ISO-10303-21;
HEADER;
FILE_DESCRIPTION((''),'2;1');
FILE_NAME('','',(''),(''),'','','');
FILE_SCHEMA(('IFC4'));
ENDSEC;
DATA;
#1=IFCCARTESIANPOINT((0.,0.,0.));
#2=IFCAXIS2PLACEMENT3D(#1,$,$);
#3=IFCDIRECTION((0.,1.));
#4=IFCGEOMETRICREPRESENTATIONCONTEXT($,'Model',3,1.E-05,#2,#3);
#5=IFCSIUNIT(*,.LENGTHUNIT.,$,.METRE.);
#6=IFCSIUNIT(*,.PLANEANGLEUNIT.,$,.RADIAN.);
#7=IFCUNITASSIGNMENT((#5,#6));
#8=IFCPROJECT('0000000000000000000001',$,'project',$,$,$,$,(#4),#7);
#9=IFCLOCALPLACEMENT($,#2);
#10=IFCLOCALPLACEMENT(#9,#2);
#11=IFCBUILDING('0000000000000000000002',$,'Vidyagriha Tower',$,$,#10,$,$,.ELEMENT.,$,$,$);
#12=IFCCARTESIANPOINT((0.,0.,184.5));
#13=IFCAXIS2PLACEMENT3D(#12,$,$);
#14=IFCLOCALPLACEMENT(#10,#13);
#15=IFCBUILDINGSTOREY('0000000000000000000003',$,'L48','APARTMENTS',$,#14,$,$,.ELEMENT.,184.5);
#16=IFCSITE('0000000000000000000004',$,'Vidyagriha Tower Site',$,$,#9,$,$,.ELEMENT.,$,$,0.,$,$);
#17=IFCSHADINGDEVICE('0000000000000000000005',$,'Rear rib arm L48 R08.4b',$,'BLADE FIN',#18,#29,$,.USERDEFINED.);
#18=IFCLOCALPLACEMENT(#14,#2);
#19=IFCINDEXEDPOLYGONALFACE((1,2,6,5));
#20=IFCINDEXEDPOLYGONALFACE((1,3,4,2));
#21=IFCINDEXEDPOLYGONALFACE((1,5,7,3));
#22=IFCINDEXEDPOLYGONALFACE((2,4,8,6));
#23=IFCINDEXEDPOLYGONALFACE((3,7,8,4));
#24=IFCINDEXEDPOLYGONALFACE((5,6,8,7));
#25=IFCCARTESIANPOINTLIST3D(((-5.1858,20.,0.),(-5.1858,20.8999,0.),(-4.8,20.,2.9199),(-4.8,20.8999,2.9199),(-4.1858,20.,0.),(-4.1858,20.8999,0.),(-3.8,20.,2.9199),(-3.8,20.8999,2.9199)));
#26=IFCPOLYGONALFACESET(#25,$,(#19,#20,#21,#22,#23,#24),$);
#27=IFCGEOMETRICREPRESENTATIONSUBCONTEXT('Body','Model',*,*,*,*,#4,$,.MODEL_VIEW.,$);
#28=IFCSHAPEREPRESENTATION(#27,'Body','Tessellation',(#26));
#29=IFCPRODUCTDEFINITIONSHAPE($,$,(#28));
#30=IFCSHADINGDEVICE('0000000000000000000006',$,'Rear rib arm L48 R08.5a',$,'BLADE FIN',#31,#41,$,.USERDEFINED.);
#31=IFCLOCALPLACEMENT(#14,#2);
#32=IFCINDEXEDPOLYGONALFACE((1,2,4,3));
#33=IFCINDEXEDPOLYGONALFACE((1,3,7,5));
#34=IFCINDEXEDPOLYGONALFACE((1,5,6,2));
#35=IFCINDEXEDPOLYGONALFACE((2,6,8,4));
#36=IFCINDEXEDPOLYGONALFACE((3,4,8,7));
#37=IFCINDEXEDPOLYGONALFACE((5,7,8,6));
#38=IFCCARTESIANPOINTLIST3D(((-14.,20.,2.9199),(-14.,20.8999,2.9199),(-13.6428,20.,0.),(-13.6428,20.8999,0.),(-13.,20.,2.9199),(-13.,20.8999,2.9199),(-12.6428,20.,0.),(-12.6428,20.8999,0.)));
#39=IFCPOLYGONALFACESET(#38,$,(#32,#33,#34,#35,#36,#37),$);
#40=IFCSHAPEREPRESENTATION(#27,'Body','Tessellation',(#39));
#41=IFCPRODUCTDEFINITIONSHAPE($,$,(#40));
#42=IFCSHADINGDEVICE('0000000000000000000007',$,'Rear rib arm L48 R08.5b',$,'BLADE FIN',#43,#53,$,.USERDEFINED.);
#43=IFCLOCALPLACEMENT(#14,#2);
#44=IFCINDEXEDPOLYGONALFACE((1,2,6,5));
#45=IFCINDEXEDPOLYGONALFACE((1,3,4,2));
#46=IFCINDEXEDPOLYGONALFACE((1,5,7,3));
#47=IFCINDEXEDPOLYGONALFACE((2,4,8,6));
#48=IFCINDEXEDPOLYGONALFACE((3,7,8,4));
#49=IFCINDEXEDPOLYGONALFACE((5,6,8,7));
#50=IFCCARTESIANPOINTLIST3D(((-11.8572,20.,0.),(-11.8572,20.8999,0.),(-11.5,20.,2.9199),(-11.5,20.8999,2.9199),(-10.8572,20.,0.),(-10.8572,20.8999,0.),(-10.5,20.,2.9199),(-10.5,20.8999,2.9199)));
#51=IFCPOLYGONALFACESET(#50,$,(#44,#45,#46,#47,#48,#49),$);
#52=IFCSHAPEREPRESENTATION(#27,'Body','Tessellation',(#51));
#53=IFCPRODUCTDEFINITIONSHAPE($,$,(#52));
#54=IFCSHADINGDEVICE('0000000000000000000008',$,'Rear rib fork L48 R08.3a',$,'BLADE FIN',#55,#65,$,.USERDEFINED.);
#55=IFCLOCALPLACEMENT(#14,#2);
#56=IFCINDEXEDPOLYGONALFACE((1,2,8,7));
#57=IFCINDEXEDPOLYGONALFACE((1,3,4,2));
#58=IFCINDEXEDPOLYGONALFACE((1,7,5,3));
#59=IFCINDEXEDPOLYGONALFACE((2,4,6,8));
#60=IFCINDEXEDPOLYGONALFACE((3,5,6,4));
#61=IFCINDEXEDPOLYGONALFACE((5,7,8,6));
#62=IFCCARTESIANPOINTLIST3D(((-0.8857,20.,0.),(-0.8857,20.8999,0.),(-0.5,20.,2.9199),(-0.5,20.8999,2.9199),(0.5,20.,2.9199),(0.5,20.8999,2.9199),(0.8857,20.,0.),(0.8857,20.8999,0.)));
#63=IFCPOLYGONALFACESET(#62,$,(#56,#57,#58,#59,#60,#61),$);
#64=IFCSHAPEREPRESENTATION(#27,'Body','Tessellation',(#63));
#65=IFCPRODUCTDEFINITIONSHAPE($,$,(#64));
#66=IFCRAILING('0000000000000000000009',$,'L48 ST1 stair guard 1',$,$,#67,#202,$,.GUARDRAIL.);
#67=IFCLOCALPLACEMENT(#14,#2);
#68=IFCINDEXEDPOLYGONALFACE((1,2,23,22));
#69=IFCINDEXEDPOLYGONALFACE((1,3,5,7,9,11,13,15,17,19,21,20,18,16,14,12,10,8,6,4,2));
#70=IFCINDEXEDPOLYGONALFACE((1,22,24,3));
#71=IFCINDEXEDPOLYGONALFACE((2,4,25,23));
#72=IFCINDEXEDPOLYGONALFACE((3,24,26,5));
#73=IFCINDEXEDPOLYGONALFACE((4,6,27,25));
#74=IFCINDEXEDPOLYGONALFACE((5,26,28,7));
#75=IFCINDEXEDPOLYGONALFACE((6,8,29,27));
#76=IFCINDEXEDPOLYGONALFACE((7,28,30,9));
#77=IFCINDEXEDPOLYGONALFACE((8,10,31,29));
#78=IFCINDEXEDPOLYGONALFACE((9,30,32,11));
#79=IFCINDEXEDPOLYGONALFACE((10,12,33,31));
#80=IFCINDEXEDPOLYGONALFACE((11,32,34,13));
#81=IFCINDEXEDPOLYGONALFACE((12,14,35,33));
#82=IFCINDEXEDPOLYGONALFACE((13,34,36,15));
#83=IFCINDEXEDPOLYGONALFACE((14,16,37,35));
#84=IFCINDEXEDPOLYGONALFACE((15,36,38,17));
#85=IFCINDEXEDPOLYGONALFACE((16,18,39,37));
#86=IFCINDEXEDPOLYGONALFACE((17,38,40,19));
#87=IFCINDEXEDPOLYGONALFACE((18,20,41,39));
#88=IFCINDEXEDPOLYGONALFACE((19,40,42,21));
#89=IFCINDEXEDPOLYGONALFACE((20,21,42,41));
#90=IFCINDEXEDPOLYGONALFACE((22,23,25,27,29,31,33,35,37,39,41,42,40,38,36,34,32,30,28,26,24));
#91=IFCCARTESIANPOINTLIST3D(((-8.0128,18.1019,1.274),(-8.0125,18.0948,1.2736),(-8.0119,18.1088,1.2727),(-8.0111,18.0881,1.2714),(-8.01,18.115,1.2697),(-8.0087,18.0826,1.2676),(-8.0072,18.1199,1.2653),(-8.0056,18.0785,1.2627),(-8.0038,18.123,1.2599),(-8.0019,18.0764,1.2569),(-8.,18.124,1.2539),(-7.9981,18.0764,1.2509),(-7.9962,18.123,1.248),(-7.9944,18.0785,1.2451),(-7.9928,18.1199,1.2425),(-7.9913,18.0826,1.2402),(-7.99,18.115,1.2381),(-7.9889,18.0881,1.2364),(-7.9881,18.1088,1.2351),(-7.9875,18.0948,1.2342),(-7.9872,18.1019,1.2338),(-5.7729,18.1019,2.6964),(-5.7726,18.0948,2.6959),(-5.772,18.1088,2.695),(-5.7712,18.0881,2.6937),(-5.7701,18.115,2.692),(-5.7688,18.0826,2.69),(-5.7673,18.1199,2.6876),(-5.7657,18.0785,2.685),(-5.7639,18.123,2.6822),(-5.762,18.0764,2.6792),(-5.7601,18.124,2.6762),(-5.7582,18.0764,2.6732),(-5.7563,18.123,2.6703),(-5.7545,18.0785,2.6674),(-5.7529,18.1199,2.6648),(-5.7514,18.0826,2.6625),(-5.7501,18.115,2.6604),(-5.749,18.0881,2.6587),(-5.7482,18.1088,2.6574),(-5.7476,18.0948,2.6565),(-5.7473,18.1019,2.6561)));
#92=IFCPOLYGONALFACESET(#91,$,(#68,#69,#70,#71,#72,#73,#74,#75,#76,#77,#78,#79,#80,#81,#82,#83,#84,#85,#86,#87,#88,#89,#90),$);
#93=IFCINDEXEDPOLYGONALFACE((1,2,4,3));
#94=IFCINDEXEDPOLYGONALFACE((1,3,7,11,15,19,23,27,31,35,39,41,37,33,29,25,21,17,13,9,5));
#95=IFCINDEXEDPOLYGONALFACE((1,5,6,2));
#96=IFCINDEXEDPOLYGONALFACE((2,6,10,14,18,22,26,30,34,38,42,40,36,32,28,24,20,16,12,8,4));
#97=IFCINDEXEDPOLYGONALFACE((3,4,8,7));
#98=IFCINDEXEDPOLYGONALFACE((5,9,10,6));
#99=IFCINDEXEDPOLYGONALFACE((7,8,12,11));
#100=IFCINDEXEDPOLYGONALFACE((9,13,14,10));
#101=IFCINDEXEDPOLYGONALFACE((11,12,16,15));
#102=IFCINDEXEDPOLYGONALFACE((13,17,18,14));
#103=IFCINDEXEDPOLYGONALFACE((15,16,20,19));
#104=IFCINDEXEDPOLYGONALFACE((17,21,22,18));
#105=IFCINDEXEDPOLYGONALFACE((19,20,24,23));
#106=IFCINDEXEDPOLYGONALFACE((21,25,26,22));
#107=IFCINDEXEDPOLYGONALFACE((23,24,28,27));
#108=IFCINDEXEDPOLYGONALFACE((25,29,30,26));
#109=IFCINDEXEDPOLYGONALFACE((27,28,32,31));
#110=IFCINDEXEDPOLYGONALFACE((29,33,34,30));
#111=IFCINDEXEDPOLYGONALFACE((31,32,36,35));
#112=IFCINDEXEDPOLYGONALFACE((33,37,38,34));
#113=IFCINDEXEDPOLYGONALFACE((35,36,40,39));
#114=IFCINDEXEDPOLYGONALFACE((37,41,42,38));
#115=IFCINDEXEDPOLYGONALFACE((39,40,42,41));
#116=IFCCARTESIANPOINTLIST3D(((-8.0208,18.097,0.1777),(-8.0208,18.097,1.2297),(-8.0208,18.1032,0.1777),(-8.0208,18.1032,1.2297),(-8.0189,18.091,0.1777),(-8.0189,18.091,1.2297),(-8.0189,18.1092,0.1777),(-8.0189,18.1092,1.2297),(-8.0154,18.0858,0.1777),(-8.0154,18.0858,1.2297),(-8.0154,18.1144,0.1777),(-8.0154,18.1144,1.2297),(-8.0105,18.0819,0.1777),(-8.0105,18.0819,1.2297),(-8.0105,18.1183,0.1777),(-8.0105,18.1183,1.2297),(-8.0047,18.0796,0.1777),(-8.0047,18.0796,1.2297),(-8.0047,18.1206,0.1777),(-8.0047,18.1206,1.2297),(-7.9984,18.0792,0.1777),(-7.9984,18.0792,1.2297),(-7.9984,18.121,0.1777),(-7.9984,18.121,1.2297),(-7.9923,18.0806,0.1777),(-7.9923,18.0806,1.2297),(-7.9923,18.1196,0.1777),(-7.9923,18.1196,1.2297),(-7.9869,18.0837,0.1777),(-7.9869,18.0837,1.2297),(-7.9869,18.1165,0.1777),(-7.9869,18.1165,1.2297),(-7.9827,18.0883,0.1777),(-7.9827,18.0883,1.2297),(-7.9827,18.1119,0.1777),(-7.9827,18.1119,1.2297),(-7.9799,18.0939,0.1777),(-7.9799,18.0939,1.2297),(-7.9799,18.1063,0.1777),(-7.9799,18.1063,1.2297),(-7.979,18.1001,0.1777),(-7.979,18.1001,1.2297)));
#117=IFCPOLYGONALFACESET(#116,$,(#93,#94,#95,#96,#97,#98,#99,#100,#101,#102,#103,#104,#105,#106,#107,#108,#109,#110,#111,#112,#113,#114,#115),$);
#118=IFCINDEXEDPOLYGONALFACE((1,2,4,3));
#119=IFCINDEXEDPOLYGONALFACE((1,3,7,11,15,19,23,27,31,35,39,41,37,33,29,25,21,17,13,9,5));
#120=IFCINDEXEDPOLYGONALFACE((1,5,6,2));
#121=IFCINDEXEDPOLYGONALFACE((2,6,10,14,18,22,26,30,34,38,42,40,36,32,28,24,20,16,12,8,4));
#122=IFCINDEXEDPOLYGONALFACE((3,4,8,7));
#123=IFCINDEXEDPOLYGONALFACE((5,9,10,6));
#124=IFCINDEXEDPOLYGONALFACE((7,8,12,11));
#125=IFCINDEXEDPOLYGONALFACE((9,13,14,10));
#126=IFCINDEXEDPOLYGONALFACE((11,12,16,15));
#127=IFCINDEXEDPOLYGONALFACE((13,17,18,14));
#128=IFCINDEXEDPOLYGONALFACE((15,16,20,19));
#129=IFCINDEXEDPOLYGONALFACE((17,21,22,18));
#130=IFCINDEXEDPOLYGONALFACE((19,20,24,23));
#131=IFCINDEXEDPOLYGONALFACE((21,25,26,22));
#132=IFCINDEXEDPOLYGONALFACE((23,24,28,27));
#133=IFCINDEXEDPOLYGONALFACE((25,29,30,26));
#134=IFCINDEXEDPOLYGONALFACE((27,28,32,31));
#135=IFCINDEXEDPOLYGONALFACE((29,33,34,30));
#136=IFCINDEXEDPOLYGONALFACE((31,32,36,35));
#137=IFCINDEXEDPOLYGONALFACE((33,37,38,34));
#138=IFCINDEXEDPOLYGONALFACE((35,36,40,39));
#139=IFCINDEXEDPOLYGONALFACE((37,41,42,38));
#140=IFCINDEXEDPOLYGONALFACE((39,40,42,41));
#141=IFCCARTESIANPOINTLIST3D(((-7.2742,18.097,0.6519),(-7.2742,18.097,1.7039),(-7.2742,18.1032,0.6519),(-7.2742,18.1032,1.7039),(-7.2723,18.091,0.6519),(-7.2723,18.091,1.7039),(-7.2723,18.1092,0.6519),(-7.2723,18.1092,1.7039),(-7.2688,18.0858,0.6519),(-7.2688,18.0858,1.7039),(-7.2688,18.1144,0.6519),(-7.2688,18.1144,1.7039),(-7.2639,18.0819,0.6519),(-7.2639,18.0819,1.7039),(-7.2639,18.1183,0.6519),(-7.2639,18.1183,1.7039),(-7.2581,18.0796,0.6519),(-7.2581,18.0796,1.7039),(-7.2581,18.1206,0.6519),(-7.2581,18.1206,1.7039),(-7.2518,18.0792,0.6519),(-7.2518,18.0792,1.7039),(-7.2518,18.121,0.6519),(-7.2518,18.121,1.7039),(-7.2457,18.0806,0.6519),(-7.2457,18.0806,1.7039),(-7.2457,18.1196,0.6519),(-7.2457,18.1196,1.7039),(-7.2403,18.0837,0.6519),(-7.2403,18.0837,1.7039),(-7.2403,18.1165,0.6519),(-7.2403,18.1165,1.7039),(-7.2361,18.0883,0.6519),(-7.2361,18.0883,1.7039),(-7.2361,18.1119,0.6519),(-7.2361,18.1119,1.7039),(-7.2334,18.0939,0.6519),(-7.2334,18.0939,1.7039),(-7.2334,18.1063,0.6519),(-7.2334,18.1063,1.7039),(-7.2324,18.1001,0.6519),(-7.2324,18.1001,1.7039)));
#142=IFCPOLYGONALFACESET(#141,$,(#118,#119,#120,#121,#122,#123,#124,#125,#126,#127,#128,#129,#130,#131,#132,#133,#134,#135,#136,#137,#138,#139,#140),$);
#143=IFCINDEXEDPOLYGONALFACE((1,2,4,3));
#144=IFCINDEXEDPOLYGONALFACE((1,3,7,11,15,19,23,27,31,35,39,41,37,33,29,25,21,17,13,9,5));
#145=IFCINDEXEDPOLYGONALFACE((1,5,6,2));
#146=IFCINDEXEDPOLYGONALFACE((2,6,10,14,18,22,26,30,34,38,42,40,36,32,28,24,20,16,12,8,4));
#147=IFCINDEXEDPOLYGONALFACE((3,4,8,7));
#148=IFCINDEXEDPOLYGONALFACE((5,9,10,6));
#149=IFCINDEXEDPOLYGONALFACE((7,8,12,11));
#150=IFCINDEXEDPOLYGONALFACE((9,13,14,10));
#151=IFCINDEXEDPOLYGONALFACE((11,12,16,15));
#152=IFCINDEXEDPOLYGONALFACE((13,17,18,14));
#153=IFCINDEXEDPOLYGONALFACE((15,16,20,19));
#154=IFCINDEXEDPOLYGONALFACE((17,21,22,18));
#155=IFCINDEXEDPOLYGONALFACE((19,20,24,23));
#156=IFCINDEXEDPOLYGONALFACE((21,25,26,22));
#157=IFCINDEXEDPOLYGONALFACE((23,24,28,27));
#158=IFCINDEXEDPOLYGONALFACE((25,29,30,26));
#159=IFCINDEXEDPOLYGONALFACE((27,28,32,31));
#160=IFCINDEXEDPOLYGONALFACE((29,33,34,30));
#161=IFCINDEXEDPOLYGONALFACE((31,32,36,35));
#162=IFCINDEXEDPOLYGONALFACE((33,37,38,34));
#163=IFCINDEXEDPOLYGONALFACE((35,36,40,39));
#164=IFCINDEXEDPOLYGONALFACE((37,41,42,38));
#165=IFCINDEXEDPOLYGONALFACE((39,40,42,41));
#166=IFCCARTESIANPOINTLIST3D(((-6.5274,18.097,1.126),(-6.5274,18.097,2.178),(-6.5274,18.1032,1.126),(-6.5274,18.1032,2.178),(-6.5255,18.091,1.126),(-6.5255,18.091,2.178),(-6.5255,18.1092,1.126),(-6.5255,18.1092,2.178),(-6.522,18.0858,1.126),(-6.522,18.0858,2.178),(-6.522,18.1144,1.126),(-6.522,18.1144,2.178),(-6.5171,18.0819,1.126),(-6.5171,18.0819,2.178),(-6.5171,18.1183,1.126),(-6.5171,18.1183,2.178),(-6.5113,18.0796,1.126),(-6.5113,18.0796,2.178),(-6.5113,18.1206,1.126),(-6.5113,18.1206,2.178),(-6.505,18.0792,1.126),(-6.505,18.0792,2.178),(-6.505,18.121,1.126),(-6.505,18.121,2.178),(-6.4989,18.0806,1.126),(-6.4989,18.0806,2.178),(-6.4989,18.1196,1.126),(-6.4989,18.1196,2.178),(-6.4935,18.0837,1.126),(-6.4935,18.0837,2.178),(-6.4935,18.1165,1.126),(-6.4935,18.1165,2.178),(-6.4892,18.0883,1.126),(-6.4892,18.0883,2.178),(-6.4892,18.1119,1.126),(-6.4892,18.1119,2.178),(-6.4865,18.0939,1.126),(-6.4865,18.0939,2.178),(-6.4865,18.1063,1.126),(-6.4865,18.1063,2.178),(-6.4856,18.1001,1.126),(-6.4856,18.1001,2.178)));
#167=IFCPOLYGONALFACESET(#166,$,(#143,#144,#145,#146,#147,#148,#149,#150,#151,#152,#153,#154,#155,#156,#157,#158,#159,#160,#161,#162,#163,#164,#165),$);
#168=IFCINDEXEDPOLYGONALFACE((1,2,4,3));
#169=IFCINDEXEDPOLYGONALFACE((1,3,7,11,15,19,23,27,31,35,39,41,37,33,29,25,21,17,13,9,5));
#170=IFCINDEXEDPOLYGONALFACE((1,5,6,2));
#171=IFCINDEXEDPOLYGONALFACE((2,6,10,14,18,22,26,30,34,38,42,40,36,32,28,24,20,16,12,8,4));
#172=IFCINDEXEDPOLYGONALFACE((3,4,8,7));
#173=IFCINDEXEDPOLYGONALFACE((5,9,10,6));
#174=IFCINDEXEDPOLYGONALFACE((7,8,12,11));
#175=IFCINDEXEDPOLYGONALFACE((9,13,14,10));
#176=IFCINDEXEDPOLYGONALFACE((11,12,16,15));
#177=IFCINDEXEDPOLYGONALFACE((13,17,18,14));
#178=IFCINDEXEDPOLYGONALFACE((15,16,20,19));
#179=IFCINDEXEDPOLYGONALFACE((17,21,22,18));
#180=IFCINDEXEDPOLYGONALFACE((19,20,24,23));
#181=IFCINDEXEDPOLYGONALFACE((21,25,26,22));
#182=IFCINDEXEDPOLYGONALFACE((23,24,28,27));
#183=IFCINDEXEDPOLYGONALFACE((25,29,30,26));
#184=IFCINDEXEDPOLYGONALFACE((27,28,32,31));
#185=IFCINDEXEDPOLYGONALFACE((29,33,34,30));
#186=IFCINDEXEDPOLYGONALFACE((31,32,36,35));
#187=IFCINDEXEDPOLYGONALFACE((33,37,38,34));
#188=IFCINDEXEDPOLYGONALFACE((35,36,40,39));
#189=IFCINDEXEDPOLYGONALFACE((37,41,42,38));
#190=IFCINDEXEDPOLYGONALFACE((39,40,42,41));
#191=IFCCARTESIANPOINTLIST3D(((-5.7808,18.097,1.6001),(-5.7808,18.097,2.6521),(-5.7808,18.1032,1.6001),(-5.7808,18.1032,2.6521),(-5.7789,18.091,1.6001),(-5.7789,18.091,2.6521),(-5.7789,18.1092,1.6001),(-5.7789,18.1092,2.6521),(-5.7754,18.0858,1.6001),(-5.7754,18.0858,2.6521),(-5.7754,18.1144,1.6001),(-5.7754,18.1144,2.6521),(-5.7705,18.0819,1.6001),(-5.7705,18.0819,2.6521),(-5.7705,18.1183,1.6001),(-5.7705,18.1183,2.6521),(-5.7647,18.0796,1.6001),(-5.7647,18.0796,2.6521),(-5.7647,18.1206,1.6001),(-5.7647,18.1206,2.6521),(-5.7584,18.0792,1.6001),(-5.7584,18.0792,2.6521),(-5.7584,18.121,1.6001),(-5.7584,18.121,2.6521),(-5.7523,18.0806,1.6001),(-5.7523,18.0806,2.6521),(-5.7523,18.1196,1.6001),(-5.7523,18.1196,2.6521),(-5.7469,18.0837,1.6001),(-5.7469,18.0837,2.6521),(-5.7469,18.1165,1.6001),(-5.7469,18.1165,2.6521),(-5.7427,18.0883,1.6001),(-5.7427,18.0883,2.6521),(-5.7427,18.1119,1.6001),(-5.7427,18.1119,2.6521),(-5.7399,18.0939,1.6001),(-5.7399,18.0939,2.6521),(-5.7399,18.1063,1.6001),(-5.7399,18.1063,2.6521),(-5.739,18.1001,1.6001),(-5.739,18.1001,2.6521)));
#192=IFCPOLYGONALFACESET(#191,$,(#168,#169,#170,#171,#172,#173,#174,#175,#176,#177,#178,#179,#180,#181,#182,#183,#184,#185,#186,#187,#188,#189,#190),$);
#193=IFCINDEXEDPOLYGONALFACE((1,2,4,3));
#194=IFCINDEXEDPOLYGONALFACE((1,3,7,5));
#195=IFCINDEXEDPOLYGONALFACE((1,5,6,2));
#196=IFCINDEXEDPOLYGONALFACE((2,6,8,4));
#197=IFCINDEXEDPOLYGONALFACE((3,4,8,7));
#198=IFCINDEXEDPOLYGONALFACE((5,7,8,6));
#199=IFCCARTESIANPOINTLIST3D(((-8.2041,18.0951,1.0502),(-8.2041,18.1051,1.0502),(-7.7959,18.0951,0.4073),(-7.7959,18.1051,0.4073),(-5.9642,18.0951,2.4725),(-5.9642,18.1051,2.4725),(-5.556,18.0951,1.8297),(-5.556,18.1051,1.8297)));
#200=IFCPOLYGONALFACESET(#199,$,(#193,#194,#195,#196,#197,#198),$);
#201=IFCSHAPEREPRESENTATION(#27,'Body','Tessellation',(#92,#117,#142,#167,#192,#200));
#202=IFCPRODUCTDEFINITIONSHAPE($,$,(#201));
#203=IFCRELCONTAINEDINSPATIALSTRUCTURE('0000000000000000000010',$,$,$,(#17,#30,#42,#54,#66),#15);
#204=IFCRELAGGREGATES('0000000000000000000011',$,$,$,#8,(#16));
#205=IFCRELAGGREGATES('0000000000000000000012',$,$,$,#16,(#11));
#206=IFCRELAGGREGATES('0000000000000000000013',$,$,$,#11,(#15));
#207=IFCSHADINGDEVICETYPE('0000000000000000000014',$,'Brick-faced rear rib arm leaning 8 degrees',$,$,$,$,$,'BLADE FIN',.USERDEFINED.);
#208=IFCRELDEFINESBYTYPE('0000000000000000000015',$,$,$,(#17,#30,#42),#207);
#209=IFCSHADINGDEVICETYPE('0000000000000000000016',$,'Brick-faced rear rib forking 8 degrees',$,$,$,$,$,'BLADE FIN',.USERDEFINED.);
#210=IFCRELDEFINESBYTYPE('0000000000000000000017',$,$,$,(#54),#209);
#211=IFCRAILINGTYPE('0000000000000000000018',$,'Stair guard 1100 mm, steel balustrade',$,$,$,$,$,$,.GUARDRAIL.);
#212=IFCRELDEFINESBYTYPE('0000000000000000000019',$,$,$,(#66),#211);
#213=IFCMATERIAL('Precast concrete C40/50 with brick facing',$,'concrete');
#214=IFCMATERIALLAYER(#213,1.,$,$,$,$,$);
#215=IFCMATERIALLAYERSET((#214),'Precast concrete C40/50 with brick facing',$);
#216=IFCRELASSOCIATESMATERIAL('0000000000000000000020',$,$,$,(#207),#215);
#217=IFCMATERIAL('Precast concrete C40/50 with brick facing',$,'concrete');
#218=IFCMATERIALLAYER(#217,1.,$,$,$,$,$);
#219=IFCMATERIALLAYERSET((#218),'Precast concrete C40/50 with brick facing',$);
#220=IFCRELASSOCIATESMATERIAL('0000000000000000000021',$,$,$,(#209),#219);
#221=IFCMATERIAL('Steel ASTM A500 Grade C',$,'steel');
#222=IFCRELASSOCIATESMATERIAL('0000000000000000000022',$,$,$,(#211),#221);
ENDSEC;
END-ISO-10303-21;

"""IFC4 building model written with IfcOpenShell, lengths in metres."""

from ifc_helpers import new_model, si_unit, direction, frame, origin, origin_2d, place, context, subcontext, project, spatial, polyline, rectangle, circle, outline, extrude, material, layer, layer_set, type_object, element, save


model = new_model("IFC4")

# Units and contexts
model_context = context("Model", 3, precision=1e-05, world=origin(), true_north=direction((0.0, 1.0)))
body_context = subcontext(model_context, "Body", "Model", "MODEL_VIEW")
ifc_project = project(units=[si_unit("LENGTHUNIT", "METRE"), si_unit("PLANEANGLEUNIT", "RADIAN")], contexts=[model_context])

# Site, building, storey
site_placement = place(None, origin())
site = spatial("IfcSite", under=ifc_project, at=site_placement, Name="Vidyagriha Tower Site", CompositionType="ELEMENT", RefElevation=0.0)
building_placement = place(site_placement, origin())
building = spatial("IfcBuilding", under=site, at=building_placement, Name="Vidyagriha Tower", CompositionType="ELEMENT")
storey_placement = place(building_placement, frame((0.0, 0.0, 184.5)))
storey = spatial("IfcBuildingStorey", under=building, at=storey_placement, Name="L48", Description="APARTMENTS", CompositionType="ELEMENT", Elevation=184.5)

# Shading devices
ifc_material_1 = material(Name="Precast concrete C40/50 with brick facing", Category="concrete")
ifc_layer_1 = layer(ifc_material_1, 1.0)
ifc_layer_set_1 = layer_set([ifc_layer_1], Name="Precast concrete C40/50 with brick facing")
shading_device_type_1 = type_object("IfcShadingDeviceType", Name="Brick-faced rear rib arm leaning 8 degrees", ElementType="BLADE FIN", PredefinedType="USERDEFINED", material=ifc_layer_set_1)
shading_device_1_placement = place(storey_placement, frame((-3.8, 20.45, 0.0), z_axis=(0.0, 0.0, 1.0), x_axis=(-1.0, 0.0, 0.0)))
element("IfcShadingDevice", 1, at=shading_device_1_placement, inside=storey, type_object=shading_device_type_1, Name="Rear rib arm L48 R08.4b", ObjectType="BLADE FIN", PredefinedType="USERDEFINED", context=body_context, shape_type="SweptSolid", body=[
    extrude(outline(polyline([(0.3857, 0.0), (1.3857, 0.0), (1.0, 2.9199), (0.0, 2.9199), (0.3857, 0.0)])), frame((0.0, 0.45, 0.0), z_axis=(0.0, -1.0, 0.0), x_axis=(1.0, 0.0, 0.0)), (0.0, 0.0, 1.0), 0.8999),
])
shading_device_2_placement = place(storey_placement, frame((-12.6428, 20.45, 0.0), z_axis=(0.0, 0.0, 1.0), x_axis=(-1.0, 0.0, 0.0)))
element("IfcShadingDevice", 2, at=shading_device_2_placement, inside=storey, type_object=shading_device_type_1, Name="Rear rib arm L48 R08.5a", ObjectType="BLADE FIN", PredefinedType="USERDEFINED", context=body_context, shape_type="SweptSolid", body=[
    extrude(outline(polyline([(0.0, 0.0), (1.0, 0.0), (1.3572, 2.9199), (0.3572, 2.9199), (0.0, 0.0)])), frame((0.0, 0.45, 0.0), z_axis=(0.0, -1.0, 0.0), x_axis=(1.0, 0.0, 0.0)), (0.0, 0.0, 1.0), 0.8999),
])
shading_device_3_placement = place(storey_placement, frame((-10.5, 20.45, 0.0), z_axis=(0.0, 0.0, 1.0), x_axis=(-1.0, 0.0, 0.0)))
element("IfcShadingDevice", 3, at=shading_device_3_placement, inside=storey, type_object=shading_device_type_1, Name="Rear rib arm L48 R08.5b", ObjectType="BLADE FIN", PredefinedType="USERDEFINED", context=body_context, shape_type="SweptSolid", body=[
    extrude(outline(polyline([(0.3572, 0.0), (1.3572, 0.0), (1.0, 2.9199), (0.0, 2.9199), (0.3572, 0.0)])), frame((0.0, 0.45, 0.0), z_axis=(0.0, -1.0, 0.0), x_axis=(1.0, 0.0, 0.0)), (0.0, 0.0, 1.0), 0.8999),
])
ifc_material_2 = material(Name="Precast concrete C40/50 with brick facing", Category="concrete")
ifc_layer_2 = layer(ifc_material_2, 1.0)
ifc_layer_set_2 = layer_set([ifc_layer_2], Name="Precast concrete C40/50 with brick facing")
shading_device_type_2 = type_object("IfcShadingDeviceType", Name="Brick-faced rear rib forking 8 degrees", ElementType="BLADE FIN", PredefinedType="USERDEFINED", material=ifc_layer_set_2)
shading_device_4_placement = place(storey_placement, frame((0.8857, 20.45, 0.0), z_axis=(0.0, 0.0, 1.0), x_axis=(-1.0, 0.0, 0.0)))
element("IfcShadingDevice", 4, at=shading_device_4_placement, inside=storey, type_object=shading_device_type_2, Name="Rear rib fork L48 R08.3a", ObjectType="BLADE FIN", PredefinedType="USERDEFINED", context=body_context, shape_type="SweptSolid", body=[
    extrude(outline(polyline([(0.0, 0.0), (1.7715, 0.0), (1.3857, 2.9199), (0.3857, 2.9199), (0.0, 0.0)])), frame((0.0, 0.45, 0.0), z_axis=(0.0, -1.0, 0.0), x_axis=(1.0, 0.0, 0.0)), (0.0, 0.0, 1.0), 0.8999),
])

# Railing
ifc_material_3 = material(Name="Steel ASTM A500 Grade C", Category="steel")
railing_type_1 = type_object("IfcRailingType", Name="Stair guard 1100 mm, steel balustrade", PredefinedType="GUARDRAIL", material=ifc_material_3)
railing_1_placement = place(storey_placement, frame((-8.0, 18.1001, 0.1777)))
element("IfcRailing", 5, at=railing_1_placement, inside=storey, type_object=railing_type_1, Name="L48 ST1 stair guard 1", PredefinedType="GUARDRAIL", context=body_context, shape_type="SweptSolid", body=[
    extrude(circle(Radius=0.0239, at=origin_2d()), frame((0.0, 0.0, 1.0762), z_axis=(0.844188, 0.0, 0.536048), x_axis=(0.0, 1.0, 0.0)), (0.0, 0.0, 1.0), 2.6533),
    extrude(circle(Radius=0.021, at=origin_2d()), origin(), (0.0, 0.0, 1.0), 1.052),
    extrude(circle(Radius=0.021, at=origin_2d()), frame((0.7466, 0.0, 0.4741)), (0.0, 0.0, 1.0), 1.052),
    extrude(circle(Radius=0.021, at=origin_2d()), frame((1.4934, 0.0, 0.9482)), (0.0, 0.0, 1.0), 1.052),
    extrude(circle(Radius=0.021, at=origin_2d()), frame((2.24, 0.0, 1.4224)), (0.0, 0.0, 1.0), 1.052),
    extrude(rectangle(XDim=0.01, YDim=0.7615, at=origin_2d()), frame((0.0, 0.0, 0.551), z_axis=(0.844188, 0.0, 0.536048), x_axis=(0.0, 1.0, 0.0)), (0.0, 0.0, 1.0), 2.6533),
])

save(model, "model.ifc")
